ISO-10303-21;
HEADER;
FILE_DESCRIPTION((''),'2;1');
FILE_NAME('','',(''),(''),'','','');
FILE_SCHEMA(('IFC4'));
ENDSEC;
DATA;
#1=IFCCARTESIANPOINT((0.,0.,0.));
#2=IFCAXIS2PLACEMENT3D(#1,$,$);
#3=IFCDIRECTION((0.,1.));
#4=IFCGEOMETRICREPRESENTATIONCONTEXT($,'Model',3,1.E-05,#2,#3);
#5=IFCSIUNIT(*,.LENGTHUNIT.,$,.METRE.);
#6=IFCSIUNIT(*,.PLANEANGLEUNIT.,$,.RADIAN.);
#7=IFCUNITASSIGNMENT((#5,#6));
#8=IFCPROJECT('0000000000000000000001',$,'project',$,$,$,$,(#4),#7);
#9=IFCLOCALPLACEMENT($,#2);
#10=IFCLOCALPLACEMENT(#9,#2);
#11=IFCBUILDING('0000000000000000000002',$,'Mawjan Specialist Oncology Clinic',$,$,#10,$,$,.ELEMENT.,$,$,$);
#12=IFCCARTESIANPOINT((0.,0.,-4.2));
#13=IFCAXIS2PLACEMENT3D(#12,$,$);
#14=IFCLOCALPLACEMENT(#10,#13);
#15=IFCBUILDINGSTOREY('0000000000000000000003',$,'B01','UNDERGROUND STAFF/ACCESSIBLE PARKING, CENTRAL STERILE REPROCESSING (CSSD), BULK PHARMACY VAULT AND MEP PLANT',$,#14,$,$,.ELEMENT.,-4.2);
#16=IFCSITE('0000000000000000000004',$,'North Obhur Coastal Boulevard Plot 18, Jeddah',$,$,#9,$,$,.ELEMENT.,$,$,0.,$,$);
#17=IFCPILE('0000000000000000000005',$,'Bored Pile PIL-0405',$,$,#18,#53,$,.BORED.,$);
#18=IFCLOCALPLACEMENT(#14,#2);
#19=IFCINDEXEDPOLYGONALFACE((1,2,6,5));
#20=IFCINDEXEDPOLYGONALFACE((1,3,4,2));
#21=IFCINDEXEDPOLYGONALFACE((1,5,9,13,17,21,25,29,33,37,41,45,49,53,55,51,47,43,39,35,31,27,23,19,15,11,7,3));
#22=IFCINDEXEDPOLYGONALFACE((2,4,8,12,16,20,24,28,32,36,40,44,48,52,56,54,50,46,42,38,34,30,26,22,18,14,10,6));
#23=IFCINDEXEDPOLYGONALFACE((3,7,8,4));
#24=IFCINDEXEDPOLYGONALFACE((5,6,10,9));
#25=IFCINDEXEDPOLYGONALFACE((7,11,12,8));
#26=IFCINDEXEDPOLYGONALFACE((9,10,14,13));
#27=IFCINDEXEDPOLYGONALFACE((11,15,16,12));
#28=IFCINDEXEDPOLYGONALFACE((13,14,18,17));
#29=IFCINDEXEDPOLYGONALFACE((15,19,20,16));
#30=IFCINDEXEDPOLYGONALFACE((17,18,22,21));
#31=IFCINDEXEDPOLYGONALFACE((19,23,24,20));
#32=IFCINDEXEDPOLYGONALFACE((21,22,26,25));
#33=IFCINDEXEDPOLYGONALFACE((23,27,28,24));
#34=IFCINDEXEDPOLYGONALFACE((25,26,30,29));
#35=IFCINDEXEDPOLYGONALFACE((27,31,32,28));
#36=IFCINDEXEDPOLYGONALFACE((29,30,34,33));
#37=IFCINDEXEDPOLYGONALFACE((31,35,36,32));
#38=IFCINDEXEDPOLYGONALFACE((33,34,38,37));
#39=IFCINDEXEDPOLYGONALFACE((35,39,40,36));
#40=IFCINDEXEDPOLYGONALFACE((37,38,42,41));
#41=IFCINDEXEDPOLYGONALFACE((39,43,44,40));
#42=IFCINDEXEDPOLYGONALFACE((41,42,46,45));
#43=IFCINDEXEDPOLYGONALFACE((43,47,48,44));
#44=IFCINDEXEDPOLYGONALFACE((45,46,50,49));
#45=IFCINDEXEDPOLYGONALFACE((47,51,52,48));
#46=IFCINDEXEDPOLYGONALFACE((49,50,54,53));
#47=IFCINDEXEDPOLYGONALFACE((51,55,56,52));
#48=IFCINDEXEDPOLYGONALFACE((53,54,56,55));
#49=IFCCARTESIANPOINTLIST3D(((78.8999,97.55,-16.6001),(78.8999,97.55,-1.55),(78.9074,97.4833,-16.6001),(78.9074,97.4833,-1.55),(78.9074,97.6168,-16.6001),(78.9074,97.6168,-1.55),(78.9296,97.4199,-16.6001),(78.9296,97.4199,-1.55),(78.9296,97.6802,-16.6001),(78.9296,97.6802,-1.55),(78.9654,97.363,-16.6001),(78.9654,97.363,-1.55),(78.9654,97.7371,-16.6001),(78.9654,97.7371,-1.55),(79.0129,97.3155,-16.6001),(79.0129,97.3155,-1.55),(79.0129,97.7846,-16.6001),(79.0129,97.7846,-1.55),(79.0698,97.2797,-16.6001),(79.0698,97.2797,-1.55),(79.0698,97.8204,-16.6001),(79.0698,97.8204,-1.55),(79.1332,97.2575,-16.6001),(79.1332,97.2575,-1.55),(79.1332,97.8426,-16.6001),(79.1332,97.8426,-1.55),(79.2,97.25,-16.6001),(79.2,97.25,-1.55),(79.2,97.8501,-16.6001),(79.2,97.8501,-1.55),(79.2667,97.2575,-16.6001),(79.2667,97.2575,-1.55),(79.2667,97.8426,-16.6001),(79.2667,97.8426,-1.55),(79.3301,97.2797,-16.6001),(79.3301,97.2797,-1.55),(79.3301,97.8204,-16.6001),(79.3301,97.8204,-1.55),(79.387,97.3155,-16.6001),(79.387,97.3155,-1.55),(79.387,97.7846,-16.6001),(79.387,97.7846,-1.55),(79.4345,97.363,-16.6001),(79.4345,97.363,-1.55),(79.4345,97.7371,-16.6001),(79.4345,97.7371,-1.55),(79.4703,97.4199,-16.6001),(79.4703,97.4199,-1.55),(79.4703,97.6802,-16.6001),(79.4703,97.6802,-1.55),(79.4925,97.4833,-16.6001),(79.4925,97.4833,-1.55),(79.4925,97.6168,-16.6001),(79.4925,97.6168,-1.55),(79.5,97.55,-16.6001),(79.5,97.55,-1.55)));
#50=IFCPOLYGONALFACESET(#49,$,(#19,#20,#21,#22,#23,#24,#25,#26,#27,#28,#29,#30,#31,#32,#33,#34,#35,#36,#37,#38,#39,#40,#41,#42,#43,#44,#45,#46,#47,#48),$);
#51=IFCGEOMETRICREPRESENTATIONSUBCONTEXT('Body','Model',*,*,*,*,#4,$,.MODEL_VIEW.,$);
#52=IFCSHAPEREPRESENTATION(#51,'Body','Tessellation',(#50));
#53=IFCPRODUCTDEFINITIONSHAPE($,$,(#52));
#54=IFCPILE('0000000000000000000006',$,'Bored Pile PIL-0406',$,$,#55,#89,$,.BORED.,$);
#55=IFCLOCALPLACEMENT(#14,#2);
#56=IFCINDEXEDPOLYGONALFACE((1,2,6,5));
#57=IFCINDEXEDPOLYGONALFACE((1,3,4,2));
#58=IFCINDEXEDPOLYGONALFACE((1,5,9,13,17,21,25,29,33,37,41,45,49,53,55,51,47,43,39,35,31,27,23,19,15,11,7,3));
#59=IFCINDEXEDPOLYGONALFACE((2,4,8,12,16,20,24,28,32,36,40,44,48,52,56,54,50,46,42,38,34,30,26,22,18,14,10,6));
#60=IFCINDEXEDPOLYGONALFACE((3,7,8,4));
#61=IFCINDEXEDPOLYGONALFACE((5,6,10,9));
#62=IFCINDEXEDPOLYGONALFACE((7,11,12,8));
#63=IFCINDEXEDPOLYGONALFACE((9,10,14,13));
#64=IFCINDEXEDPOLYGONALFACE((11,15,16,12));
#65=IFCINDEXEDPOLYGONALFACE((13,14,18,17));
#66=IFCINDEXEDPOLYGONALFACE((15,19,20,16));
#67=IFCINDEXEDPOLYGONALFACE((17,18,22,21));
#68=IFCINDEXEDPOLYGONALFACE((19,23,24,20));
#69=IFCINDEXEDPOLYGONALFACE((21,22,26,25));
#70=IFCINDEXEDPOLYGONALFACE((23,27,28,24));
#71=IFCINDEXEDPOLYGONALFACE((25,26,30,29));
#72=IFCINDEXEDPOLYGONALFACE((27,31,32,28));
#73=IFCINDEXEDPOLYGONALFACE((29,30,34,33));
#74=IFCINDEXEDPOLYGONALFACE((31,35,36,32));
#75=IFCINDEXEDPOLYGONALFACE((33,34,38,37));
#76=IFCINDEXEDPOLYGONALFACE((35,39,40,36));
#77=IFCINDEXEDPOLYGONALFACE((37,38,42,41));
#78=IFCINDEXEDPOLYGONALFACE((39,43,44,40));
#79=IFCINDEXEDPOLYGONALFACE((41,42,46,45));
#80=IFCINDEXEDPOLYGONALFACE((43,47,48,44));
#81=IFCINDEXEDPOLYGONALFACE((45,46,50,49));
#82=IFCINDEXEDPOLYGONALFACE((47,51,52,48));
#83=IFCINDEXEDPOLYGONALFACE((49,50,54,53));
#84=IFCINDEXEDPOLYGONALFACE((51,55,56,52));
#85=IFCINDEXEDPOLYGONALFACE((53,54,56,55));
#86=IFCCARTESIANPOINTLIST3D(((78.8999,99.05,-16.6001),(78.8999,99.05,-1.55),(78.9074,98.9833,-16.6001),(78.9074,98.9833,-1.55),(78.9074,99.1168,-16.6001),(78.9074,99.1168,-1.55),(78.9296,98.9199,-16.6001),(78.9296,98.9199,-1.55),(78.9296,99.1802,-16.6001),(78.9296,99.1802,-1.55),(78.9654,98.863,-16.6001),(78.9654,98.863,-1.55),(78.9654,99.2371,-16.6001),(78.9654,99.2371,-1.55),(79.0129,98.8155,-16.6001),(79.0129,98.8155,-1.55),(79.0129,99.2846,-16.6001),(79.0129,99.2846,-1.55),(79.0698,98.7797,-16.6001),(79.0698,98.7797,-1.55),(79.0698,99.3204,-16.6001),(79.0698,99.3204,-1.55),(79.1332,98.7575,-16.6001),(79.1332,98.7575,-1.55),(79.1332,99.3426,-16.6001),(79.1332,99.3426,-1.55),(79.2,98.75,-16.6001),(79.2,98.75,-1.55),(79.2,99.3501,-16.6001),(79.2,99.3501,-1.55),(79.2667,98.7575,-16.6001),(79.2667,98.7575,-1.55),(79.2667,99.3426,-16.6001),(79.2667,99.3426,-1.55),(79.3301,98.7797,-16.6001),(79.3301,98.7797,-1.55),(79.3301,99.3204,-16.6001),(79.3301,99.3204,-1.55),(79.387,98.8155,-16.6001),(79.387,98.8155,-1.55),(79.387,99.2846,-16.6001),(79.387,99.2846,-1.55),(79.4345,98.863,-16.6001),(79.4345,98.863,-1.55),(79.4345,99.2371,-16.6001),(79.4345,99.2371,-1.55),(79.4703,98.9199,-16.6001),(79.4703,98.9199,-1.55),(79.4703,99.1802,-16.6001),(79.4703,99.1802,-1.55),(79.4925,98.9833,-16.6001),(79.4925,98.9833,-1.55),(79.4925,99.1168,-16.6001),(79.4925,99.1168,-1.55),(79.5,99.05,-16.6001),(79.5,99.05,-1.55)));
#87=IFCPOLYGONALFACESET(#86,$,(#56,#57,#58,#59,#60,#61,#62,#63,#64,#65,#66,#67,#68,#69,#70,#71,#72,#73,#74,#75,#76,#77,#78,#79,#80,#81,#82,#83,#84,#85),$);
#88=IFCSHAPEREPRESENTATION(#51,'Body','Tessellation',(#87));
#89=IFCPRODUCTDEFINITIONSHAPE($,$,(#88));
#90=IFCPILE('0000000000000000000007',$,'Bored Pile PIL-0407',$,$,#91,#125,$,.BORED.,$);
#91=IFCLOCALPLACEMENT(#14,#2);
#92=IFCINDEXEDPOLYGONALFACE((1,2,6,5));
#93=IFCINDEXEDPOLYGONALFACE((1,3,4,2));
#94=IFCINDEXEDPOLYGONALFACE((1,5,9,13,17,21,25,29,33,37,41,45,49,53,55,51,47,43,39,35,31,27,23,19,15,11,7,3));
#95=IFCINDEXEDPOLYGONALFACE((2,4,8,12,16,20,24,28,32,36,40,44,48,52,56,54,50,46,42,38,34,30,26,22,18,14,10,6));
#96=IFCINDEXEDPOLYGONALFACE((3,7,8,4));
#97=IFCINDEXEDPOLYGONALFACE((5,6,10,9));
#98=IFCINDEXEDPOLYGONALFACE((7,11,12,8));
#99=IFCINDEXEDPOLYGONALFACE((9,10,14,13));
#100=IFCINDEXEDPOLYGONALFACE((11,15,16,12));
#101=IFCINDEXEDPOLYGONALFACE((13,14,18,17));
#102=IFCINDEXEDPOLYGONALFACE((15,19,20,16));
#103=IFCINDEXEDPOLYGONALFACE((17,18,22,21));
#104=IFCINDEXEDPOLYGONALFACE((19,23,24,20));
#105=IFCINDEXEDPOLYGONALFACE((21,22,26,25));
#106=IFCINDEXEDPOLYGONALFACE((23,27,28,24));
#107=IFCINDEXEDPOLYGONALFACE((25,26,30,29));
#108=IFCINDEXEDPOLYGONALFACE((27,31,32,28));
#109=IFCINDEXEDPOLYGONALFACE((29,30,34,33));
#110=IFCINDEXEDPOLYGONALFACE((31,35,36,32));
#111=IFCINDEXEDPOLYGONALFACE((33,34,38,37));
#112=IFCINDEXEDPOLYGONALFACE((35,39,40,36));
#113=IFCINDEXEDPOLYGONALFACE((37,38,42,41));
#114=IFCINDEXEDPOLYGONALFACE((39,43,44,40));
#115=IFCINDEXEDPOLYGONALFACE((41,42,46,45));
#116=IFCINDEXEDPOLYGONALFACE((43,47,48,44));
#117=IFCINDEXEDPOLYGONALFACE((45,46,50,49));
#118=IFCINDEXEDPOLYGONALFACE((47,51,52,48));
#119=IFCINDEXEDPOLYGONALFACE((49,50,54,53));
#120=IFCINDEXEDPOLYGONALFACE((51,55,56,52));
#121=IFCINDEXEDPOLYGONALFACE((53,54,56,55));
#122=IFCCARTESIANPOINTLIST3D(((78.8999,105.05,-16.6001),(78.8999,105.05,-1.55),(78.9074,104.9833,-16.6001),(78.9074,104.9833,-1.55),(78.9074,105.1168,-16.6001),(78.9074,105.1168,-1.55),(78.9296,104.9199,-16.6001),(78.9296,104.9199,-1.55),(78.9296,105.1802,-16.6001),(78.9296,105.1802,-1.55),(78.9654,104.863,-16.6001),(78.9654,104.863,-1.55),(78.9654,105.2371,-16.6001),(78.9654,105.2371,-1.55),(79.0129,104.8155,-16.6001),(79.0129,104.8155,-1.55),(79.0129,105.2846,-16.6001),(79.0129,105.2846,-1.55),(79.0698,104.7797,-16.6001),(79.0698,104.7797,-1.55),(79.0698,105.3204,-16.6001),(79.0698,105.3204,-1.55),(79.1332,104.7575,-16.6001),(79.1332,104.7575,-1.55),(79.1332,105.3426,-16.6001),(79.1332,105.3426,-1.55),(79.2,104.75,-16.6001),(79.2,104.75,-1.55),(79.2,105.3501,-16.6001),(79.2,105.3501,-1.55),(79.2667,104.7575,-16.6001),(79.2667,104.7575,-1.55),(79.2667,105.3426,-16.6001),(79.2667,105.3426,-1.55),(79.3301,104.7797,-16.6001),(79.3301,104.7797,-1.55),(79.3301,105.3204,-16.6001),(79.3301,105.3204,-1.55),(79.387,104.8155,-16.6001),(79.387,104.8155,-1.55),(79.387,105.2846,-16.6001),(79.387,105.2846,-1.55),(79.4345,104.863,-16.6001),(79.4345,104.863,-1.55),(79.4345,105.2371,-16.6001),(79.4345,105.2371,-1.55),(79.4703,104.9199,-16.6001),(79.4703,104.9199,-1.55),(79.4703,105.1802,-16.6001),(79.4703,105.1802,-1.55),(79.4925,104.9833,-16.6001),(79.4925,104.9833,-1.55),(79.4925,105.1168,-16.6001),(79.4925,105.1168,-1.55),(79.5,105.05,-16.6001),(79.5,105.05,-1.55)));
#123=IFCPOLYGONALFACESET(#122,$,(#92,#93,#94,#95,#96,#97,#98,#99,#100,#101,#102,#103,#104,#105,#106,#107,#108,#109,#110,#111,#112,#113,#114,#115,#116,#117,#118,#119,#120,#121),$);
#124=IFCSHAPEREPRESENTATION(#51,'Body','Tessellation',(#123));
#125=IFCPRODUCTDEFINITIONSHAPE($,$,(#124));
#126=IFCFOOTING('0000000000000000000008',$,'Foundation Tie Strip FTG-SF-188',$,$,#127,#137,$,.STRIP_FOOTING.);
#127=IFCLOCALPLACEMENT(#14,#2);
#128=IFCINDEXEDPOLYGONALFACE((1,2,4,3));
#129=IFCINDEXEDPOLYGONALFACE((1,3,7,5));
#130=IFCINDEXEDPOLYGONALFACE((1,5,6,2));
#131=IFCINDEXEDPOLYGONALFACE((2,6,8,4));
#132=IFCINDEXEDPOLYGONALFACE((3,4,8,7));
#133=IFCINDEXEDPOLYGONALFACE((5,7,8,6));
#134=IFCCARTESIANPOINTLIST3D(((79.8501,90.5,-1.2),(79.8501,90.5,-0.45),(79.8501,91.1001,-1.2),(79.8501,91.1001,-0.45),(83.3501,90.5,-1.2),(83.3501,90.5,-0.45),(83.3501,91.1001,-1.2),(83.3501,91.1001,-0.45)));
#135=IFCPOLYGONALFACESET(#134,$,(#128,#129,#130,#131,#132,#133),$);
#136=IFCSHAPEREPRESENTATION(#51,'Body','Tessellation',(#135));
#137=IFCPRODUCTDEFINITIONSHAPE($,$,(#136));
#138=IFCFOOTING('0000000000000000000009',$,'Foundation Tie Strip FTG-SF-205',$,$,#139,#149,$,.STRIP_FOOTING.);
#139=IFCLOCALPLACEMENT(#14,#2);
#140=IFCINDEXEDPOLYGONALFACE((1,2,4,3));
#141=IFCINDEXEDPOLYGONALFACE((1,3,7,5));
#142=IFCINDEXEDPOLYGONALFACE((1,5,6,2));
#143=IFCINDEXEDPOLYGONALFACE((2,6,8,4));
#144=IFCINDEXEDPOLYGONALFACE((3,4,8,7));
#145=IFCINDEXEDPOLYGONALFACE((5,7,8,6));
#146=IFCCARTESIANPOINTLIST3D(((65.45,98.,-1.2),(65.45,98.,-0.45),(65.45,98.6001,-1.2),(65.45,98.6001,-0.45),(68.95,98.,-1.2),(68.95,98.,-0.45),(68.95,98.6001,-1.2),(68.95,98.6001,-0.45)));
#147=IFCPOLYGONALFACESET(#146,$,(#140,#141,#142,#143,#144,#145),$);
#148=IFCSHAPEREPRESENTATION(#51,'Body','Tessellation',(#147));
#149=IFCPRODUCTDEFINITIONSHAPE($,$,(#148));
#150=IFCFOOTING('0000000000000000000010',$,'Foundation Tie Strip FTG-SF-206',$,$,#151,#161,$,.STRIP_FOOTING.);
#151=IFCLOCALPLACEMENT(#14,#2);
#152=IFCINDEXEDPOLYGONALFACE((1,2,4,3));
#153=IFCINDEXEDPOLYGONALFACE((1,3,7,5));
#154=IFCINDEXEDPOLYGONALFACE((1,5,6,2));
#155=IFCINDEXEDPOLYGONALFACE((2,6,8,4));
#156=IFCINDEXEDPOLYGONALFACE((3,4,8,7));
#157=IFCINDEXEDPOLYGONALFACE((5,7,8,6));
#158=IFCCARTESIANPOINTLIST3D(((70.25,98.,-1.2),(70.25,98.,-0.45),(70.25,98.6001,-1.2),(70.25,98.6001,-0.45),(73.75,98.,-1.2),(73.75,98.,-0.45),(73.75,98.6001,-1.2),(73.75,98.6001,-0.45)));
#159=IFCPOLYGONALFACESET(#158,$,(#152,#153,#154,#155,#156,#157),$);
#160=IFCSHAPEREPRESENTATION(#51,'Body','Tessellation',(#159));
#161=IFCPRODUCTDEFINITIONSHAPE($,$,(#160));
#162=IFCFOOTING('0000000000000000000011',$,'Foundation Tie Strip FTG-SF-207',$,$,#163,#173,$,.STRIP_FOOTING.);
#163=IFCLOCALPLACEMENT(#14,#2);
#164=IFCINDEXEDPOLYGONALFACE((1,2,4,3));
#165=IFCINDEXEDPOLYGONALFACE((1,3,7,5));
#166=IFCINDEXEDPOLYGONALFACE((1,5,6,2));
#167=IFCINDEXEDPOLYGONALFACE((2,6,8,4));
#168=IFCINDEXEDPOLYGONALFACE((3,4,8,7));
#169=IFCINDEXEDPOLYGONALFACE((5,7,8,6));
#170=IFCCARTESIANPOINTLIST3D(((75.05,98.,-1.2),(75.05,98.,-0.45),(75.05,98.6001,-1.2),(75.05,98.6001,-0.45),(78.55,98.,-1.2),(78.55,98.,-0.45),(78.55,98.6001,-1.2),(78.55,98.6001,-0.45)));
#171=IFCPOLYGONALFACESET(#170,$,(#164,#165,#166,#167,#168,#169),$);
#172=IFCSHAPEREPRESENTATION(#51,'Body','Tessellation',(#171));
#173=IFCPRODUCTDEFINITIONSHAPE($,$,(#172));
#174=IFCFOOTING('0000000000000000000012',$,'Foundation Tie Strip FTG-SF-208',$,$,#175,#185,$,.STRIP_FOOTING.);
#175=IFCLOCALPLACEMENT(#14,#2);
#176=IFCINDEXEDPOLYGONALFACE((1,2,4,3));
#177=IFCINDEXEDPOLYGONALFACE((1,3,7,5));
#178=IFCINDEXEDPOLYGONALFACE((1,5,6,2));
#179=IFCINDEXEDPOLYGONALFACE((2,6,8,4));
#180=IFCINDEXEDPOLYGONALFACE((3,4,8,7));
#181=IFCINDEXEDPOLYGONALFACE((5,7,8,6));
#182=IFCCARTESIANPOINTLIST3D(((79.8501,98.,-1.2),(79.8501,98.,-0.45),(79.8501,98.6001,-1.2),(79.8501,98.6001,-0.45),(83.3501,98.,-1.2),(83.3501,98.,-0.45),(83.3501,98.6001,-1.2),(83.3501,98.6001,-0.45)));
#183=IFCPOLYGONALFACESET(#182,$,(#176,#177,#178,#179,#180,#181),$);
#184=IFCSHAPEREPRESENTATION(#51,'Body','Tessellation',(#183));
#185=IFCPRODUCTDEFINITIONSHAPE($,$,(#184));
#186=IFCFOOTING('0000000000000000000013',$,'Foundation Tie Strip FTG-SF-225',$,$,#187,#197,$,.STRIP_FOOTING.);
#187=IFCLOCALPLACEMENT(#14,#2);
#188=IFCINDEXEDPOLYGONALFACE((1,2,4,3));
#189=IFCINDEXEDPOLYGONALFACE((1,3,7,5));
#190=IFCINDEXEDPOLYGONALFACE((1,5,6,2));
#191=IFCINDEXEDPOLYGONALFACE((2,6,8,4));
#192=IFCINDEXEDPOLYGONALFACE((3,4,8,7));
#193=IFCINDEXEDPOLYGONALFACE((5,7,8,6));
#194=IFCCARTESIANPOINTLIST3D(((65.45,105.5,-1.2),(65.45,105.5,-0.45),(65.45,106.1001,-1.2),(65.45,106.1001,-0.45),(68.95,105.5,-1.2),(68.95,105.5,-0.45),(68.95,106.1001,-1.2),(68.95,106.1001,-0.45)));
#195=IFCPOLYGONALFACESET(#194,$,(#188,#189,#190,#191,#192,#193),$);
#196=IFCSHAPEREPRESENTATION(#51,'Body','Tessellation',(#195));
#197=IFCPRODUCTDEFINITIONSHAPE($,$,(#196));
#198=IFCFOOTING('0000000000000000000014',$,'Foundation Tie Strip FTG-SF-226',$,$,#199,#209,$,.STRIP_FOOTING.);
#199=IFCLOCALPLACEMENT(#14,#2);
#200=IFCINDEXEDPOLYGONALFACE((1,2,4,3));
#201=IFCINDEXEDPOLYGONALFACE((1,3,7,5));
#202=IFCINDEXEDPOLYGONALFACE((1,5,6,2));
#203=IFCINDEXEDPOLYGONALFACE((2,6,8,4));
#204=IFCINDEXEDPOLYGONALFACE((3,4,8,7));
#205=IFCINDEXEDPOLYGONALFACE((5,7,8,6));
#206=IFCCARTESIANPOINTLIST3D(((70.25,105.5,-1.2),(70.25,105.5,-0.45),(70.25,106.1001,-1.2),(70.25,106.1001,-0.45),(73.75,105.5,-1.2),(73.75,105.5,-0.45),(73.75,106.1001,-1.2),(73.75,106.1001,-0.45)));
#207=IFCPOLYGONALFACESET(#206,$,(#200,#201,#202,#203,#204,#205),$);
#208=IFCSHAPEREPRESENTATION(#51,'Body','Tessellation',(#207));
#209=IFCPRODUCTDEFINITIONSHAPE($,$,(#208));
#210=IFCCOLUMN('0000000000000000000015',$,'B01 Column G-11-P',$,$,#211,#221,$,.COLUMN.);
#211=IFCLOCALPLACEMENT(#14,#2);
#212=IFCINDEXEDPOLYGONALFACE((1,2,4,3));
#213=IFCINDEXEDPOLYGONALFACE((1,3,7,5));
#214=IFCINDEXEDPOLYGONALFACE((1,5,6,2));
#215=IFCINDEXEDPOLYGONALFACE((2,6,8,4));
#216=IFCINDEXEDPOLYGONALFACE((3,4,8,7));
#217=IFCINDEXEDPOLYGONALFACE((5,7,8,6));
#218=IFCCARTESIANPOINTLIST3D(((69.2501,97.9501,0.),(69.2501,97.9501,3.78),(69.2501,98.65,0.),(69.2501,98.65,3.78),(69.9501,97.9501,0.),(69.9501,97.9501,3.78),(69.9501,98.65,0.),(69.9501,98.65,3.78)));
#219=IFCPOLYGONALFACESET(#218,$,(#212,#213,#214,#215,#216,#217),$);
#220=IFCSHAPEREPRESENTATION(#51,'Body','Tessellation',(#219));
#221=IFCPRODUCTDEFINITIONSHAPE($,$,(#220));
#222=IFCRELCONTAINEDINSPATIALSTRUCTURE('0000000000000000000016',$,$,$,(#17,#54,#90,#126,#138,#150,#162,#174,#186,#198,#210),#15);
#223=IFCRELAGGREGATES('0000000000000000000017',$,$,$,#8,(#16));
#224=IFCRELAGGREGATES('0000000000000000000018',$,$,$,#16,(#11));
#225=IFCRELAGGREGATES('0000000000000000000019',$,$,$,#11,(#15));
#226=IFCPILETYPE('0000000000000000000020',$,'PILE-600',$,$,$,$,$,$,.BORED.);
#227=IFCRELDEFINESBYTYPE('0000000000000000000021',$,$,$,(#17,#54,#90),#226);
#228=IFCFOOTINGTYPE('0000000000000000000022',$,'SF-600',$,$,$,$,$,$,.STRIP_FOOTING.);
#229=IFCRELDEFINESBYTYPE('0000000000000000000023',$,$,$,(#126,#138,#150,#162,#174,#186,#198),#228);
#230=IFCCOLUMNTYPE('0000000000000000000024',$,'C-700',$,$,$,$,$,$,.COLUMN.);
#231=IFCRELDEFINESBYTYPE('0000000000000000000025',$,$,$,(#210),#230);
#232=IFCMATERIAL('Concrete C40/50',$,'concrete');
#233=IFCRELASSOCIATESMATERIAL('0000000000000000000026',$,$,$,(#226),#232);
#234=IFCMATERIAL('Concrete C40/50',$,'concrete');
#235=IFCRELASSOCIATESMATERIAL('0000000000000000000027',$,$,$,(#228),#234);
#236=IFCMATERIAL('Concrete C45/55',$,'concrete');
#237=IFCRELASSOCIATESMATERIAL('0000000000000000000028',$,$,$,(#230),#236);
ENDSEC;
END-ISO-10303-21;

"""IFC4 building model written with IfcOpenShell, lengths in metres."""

from ifc_helpers import new_model, si_unit, direction, frame, origin, origin_2d, place, context, subcontext, project, spatial, rectangle, circle, extrude, material, material_profile, profile_set, type_object, element, save


model = new_model("IFC4")

# Units and contexts
model_context = context("Model", 3, precision=1e-05, world=origin(), true_north=direction((0.0, 1.0)))
body_context = subcontext(model_context, "Body", "Model", "MODEL_VIEW")
ifc_project = project(units=[si_unit("LENGTHUNIT", "METRE"), si_unit("PLANEANGLEUNIT", "RADIAN")], contexts=[model_context])

# Site, building, storey
site_placement = place(None, origin())
site = spatial("IfcSite", under=ifc_project, at=site_placement, Name="North Obhur Coastal Boulevard Plot 18, Jeddah", CompositionType="ELEMENT", RefElevation=0.0)
building_placement = place(site_placement, origin())
building = spatial("IfcBuilding", under=site, at=building_placement, Name="Mawjan Specialist Oncology Clinic", CompositionType="ELEMENT")
storey_placement = place(building_placement, frame((0.0, 0.0, -4.2)))
storey = spatial("IfcBuildingStorey", under=building, at=storey_placement, Name="B01", Description="UNDERGROUND STAFF/ACCESSIBLE PARKING, CENTRAL STERILE REPROCESSING (CSSD), BULK PHARMACY VAULT AND MEP PLANT", CompositionType="ELEMENT", Elevation=-4.2)

# Piles
ifc_material_1 = material(Name="Concrete C40/50", Category="concrete")
ifc_material_profile_1 = material_profile(ifc_material_1, circle(Radius=0.3, at=origin_2d()), Name="BORED PILE D600", Category="concrete")
ifc_profile_set_1 = profile_set([ifc_material_profile_1], Name="Concrete C40/50")
pile_type = type_object("IfcPileType", Name="PILE-600", PredefinedType="BORED", material=ifc_profile_set_1)
for number, where, z_axis, x_axis, name in (
    (1, (79.2, 97.55, -1.55), (0.0, 0.0, -1.0), (1.0, 0.0, 0.0), "Bored Pile PIL-0405"),
    (2, (79.2, 99.05, -1.55), (0.0, 0.0, -1.0), (1.0, 0.0, 0.0), "Bored Pile PIL-0406"),
    (3, (79.2, 105.05, -1.55), (0.0, 0.0, -1.0), (1.0, 0.0, 0.0), "Bored Pile PIL-0407"),
):
    element("IfcPile", number, at=place(storey_placement, frame(where, z_axis=z_axis, x_axis=x_axis)), inside=storey, type_object=pile_type, Name=name, PredefinedType="BORED", context=body_context, shape_type="SweptSolid", body=[
        extrude(circle(Radius=0.3, at=origin_2d()), origin(), (0.0, 0.0, 1.0), 15.05),
    ])

# Footings
ifc_material_2 = material(Name="Concrete C40/50", Category="concrete")
footing_type_1 = type_object("IfcFootingType", Name="SF-600", PredefinedType="STRIP_FOOTING", material=ifc_material_2)
for number, where, z_axis, x_axis, name in (
    (4, (81.6001, 90.8, -1.2), (0.0, 0.0, 1.0), (1.0, 0.0, 0.0), "Foundation Tie Strip FTG-SF-188"),
    (5, (67.2, 98.3, -1.2), (0.0, 0.0, 1.0), (1.0, 0.0, 0.0), "Foundation Tie Strip FTG-SF-205"),
    (6, (72.0, 98.3, -1.2), (0.0, 0.0, 1.0), (1.0, 0.0, 0.0), "Foundation Tie Strip FTG-SF-206"),
    (7, (76.8, 98.3, -1.2), (0.0, 0.0, 1.0), (1.0, 0.0, 0.0), "Foundation Tie Strip FTG-SF-207"),
    (8, (81.6001, 98.3, -1.2), (0.0, 0.0, 1.0), (1.0, 0.0, 0.0), "Foundation Tie Strip FTG-SF-208"),
    (9, (67.2, 105.8, -1.2), (0.0, 0.0, 1.0), (1.0, 0.0, 0.0), "Foundation Tie Strip FTG-SF-225"),
    (10, (72.0, 105.8, -1.2), (0.0, 0.0, 1.0), (1.0, 0.0, 0.0), "Foundation Tie Strip FTG-SF-226"),
):
    element("IfcFooting", number, at=place(storey_placement, frame(where, z_axis=z_axis, x_axis=x_axis)), inside=storey, type_object=footing_type_1, Name=name, PredefinedType="STRIP_FOOTING", context=body_context, shape_type="SweptSolid", body=[
        extrude(rectangle(XDim=3.5, YDim=0.6001, at=origin_2d()), origin(), (0.0, 0.0, 1.0), 0.75),
    ])

# Column
ifc_material_3 = material(Name="Concrete C45/55", Category="concrete")
ifc_material_profile_2 = material_profile(ifc_material_3, rectangle(XDim=0.7, YDim=0.7, at=origin_2d()), Name="RC COL 700x700", Category="concrete")
ifc_profile_set_2 = profile_set([ifc_material_profile_2], Name="Concrete C45/55")
column_type = type_object("IfcColumnType", Name="C-700", PredefinedType="COLUMN", material=ifc_profile_set_2)
for number, where, z_axis, x_axis, name in (
    (11, (69.6001, 98.3, 0.0), (0.0, 0.0, 1.0), (1.0, 0.0, 0.0), "B01 Column G-11-P"),
):
    element("IfcColumn", number, at=place(storey_placement, frame(where, z_axis=z_axis, x_axis=x_axis)), inside=storey, type_object=column_type, Name=name, PredefinedType="COLUMN", context=body_context, shape_type="SweptSolid", body=[
        extrude(rectangle(XDim=0.7, YDim=0.7, at=origin_2d()), origin(), (0.0, 0.0, 1.0), 3.78),
    ])

save(model, "model.ifc")
